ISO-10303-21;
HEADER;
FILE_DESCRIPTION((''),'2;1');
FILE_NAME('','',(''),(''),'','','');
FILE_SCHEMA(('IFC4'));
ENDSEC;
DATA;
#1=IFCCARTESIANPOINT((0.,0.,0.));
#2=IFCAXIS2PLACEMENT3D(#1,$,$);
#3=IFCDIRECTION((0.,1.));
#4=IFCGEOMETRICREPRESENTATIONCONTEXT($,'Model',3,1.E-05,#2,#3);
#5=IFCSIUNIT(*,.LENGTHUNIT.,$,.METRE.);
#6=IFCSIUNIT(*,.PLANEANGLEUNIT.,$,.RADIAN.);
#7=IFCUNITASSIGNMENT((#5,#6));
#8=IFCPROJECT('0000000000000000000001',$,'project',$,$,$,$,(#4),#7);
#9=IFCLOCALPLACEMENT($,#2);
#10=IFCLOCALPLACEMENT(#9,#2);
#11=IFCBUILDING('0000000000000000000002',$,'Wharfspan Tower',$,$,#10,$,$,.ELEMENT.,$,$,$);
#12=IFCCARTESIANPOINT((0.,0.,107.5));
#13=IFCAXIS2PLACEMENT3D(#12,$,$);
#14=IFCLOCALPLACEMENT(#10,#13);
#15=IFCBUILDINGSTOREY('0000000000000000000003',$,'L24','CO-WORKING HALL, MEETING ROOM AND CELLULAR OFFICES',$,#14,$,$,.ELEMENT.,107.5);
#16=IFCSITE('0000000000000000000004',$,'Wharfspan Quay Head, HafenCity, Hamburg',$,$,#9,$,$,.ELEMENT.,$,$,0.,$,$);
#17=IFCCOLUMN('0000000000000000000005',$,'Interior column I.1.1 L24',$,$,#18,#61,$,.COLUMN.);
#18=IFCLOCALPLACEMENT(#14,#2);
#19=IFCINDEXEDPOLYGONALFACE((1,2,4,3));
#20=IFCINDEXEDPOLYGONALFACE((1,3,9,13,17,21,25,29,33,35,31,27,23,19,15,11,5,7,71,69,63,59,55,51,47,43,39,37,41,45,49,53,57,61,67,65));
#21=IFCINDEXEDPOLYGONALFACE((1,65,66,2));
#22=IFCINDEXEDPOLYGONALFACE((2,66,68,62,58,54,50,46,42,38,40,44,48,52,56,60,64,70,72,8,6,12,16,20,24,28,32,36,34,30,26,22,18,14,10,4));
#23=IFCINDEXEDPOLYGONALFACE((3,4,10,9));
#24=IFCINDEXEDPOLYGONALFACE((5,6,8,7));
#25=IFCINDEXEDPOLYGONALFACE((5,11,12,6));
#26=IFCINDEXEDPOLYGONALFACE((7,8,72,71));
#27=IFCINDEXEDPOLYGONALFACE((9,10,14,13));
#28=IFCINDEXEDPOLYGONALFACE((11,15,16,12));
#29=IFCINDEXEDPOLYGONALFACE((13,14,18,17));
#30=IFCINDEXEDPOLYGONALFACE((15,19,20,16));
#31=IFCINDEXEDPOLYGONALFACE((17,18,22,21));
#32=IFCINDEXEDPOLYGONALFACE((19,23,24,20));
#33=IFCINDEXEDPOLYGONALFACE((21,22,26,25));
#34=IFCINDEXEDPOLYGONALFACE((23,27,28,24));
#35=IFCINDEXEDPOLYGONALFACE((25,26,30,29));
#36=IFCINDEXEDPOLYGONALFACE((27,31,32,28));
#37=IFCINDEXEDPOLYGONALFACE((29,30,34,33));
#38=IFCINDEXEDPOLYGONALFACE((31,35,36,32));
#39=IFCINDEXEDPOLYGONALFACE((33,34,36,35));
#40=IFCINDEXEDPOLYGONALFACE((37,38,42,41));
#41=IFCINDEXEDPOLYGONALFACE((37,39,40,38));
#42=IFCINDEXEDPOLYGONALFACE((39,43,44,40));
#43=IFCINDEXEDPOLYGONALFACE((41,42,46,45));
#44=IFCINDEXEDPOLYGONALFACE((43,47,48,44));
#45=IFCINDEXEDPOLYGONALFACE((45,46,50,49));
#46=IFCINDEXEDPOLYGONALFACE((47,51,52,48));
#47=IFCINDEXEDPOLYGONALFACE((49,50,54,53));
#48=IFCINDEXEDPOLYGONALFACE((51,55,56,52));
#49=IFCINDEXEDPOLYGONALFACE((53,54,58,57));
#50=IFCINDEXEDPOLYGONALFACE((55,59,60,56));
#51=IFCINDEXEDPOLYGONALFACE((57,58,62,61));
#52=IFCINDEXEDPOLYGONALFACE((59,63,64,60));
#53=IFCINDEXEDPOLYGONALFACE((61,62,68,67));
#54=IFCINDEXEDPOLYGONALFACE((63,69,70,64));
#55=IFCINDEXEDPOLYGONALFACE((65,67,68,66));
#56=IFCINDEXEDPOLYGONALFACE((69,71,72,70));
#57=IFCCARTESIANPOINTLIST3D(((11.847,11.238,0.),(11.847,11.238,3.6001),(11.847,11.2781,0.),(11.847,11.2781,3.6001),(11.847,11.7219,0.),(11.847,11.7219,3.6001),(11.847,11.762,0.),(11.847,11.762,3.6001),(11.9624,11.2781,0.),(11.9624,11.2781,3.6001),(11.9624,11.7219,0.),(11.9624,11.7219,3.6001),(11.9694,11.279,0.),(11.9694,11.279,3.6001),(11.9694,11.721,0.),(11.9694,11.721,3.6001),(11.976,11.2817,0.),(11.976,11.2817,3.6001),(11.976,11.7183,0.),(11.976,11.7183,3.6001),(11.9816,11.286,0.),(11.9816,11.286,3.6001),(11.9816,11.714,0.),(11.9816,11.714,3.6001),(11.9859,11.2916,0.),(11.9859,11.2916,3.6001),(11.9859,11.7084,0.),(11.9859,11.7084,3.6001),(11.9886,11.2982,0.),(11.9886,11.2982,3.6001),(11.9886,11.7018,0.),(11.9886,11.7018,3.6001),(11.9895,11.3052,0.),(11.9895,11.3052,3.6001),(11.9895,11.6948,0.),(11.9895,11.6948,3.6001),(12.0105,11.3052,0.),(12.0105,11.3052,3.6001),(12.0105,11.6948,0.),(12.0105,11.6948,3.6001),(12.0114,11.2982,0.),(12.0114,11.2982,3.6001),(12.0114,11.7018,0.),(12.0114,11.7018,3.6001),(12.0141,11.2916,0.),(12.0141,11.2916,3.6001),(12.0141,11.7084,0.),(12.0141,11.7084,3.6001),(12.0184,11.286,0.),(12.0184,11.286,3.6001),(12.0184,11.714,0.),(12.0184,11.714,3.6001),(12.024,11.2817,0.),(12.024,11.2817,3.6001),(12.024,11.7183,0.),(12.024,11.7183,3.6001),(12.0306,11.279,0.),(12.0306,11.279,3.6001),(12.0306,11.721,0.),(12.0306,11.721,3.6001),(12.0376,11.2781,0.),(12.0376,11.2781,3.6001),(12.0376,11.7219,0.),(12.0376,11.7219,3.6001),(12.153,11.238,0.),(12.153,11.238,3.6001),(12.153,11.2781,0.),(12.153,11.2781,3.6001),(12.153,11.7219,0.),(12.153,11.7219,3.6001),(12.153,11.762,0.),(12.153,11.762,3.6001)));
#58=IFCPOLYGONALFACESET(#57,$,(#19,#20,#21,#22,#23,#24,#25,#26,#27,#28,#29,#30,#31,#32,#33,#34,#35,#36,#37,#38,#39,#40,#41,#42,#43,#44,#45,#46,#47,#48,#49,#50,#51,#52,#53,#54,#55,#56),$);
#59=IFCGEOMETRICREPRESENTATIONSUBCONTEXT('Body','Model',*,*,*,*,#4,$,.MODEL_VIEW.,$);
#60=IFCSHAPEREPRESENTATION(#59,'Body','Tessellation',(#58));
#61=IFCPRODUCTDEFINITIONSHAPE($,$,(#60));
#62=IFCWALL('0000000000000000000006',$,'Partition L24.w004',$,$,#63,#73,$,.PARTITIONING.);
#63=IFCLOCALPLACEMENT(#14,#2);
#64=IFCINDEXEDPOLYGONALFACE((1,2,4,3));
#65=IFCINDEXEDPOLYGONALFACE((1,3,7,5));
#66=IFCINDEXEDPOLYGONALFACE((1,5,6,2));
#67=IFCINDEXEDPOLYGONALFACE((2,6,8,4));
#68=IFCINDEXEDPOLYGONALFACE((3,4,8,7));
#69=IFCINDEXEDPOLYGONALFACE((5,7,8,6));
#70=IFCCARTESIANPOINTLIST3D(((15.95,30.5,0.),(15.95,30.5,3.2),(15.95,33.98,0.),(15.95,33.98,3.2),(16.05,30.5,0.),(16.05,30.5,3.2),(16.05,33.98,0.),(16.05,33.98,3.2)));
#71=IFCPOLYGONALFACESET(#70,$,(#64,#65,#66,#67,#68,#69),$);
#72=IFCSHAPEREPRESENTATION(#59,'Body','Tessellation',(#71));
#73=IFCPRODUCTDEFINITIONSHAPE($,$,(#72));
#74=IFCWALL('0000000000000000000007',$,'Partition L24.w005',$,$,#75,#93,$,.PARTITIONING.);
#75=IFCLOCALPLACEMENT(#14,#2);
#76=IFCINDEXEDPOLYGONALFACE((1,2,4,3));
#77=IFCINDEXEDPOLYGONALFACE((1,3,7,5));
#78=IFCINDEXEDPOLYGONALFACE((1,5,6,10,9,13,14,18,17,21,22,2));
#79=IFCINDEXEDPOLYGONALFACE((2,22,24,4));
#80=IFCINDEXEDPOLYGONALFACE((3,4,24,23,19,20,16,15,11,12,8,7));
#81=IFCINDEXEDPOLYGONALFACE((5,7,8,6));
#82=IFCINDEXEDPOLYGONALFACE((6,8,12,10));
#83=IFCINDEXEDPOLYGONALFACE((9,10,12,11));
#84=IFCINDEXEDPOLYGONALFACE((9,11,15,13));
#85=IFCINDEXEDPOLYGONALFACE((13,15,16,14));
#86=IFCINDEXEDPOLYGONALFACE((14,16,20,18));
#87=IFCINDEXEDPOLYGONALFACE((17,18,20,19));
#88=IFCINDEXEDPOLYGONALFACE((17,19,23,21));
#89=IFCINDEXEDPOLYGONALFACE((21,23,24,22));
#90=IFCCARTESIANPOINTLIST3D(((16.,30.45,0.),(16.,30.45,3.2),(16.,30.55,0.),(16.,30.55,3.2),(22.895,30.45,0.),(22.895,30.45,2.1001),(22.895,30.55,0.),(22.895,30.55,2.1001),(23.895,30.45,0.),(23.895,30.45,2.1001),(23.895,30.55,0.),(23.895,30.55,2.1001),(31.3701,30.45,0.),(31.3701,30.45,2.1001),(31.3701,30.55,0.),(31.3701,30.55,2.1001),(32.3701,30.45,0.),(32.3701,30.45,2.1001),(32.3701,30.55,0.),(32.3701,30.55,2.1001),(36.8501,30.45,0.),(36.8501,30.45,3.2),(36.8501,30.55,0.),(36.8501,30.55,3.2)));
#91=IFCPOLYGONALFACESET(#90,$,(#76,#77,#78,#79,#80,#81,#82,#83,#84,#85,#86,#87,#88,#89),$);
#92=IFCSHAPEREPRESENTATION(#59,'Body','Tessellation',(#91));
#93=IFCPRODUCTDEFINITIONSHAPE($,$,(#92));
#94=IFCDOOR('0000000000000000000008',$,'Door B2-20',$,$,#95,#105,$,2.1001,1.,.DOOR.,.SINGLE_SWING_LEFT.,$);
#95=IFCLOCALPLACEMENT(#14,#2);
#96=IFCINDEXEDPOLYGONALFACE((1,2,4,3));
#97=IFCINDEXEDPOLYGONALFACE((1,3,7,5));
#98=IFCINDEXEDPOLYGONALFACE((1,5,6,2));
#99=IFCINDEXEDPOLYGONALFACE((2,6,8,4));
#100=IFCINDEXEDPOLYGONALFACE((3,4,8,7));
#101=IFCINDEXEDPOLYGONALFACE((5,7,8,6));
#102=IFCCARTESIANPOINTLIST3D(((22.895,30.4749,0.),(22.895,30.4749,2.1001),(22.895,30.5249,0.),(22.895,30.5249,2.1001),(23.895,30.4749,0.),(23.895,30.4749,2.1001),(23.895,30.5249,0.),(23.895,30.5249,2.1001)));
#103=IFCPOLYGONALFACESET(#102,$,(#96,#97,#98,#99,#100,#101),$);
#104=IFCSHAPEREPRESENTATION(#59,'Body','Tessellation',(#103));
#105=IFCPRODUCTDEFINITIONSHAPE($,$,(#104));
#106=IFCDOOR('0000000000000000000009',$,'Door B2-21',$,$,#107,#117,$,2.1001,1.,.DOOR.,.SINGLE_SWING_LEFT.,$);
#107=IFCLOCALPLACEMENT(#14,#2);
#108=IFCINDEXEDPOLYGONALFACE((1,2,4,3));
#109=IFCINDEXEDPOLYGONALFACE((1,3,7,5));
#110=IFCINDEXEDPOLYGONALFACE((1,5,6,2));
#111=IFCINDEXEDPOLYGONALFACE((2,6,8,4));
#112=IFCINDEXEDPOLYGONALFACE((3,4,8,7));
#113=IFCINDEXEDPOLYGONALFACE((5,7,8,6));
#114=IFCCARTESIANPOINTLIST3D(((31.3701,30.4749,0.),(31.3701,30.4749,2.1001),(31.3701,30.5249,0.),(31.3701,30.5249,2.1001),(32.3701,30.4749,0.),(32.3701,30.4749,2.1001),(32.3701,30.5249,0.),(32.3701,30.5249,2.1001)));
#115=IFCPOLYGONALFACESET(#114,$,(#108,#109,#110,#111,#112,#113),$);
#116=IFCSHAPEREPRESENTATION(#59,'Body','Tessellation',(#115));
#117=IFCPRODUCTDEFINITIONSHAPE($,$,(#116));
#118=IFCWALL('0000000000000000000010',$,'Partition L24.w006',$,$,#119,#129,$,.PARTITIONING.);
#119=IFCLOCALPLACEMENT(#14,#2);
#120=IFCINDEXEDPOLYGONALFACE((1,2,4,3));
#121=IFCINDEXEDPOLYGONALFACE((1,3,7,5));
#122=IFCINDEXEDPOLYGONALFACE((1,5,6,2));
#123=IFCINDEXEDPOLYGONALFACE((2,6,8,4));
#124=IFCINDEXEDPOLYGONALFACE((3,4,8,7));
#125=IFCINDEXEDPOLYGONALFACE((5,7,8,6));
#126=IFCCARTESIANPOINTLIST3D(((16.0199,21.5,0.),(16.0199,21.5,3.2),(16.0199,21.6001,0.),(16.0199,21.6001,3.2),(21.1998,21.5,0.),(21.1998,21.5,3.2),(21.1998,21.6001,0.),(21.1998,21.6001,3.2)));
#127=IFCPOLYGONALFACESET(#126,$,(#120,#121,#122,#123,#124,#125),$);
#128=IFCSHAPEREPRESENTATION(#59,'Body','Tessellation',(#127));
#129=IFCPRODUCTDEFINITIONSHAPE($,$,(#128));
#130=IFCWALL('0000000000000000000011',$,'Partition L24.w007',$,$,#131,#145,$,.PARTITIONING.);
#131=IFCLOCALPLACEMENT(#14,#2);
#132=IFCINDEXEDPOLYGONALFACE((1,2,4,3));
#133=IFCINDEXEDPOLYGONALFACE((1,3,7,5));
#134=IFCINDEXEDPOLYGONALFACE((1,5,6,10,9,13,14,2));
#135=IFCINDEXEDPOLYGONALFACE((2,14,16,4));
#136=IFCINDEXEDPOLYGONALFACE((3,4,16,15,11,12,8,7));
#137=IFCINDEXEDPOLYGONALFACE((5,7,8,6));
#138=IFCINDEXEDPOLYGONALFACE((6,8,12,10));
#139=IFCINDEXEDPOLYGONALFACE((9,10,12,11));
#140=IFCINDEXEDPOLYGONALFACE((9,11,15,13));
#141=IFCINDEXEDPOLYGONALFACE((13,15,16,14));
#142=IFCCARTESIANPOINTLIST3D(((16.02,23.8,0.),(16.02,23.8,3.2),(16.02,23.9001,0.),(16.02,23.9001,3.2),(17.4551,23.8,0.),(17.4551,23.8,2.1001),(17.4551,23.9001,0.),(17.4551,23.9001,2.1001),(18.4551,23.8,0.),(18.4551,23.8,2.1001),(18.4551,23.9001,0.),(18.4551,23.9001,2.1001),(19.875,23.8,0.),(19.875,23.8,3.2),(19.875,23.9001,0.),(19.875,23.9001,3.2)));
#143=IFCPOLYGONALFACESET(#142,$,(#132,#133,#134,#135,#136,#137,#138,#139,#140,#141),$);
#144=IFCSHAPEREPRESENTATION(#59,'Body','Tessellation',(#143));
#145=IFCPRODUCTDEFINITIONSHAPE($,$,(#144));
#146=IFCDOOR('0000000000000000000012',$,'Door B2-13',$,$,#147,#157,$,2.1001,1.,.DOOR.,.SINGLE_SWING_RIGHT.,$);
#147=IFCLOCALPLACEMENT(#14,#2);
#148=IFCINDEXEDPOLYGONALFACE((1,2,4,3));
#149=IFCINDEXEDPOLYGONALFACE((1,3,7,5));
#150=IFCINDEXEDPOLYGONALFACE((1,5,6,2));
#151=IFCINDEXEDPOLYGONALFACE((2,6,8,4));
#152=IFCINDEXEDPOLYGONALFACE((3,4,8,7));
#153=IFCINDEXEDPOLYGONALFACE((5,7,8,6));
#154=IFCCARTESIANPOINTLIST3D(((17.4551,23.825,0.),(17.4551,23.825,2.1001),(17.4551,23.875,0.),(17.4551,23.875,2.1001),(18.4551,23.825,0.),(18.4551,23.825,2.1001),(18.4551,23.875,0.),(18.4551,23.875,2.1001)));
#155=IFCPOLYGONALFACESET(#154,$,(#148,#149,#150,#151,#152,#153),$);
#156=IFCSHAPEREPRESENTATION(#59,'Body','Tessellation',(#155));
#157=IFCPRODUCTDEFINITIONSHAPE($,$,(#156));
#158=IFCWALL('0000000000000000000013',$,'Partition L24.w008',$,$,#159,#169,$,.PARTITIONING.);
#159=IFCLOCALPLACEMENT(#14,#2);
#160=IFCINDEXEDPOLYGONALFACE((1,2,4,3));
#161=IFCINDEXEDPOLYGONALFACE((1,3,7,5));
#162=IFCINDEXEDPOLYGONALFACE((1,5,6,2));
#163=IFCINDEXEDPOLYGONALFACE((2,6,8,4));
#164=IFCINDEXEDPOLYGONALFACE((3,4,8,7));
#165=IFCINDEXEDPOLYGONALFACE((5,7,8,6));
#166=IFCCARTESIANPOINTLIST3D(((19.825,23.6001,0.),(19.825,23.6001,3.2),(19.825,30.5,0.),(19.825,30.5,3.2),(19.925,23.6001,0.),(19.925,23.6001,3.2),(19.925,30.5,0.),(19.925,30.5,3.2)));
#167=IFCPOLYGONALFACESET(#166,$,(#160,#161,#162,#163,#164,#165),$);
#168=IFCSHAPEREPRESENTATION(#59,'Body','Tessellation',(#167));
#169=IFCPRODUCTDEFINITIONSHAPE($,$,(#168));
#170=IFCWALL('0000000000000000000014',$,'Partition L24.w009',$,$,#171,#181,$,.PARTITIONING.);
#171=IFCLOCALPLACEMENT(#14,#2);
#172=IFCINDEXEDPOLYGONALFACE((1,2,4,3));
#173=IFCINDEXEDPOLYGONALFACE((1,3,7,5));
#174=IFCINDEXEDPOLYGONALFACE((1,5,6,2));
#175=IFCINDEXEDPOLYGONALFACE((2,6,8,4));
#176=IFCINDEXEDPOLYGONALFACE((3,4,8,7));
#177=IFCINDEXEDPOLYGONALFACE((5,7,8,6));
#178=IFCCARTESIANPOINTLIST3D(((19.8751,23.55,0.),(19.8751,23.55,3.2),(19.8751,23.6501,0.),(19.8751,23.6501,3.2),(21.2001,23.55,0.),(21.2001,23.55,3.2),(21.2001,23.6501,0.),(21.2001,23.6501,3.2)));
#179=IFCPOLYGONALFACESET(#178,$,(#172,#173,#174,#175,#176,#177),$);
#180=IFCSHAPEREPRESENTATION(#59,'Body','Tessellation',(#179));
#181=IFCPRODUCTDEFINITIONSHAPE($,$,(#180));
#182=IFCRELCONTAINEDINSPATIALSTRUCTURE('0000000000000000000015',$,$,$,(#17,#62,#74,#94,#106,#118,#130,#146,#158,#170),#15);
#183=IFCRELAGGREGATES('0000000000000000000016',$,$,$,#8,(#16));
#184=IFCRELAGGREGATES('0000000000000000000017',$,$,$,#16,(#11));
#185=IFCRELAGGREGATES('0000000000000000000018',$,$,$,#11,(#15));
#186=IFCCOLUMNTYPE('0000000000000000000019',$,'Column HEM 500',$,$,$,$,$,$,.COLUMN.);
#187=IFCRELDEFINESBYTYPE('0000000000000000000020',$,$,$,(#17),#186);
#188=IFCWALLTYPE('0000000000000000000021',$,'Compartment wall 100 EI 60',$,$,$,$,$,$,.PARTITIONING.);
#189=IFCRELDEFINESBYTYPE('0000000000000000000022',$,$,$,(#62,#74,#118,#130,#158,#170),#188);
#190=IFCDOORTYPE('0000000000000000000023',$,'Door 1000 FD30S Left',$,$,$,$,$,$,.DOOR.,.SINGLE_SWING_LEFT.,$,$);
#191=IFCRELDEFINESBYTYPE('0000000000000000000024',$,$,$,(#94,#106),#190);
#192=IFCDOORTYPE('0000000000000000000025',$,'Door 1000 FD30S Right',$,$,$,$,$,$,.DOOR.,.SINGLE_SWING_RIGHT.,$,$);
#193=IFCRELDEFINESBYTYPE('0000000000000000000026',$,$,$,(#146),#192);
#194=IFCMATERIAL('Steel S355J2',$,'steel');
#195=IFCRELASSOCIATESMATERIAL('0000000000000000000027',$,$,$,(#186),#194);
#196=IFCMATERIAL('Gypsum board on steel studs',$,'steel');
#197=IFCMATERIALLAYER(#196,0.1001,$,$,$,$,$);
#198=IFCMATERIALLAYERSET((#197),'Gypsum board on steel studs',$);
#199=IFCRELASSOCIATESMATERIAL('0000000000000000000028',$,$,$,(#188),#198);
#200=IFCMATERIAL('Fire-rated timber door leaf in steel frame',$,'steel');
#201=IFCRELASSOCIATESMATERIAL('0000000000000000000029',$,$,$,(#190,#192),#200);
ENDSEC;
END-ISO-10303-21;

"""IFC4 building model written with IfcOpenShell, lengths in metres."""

from ifc_helpers import new_model, si_unit, direction, frame, frame_2d, origin, origin_2d, place, context, subcontext, project, spatial, rectangle, i_section, extrude, material, layer, layer_set, material_profile, profile_set, type_object, element, fill, save


model = new_model("IFC4")

# Units and contexts
model_context = context("Model", 3, precision=1e-05, world=origin(), true_north=direction((0.0, 1.0)))
body_context = subcontext(model_context, "Body", "Model", "MODEL_VIEW")
ifc_project = project(units=[si_unit("LENGTHUNIT", "METRE"), si_unit("PLANEANGLEUNIT", "RADIAN")], contexts=[model_context])

# Site, building, storey
site_placement = place(None, origin())
site = spatial("IfcSite", under=ifc_project, at=site_placement, Name="Wharfspan Quay Head, HafenCity, Hamburg", CompositionType="ELEMENT", RefElevation=0.0)
building_placement = place(site_placement, origin())
building = spatial("IfcBuilding", under=site, at=building_placement, Name="Wharfspan Tower", CompositionType="ELEMENT")
storey_placement = place(building_placement, frame((0.0, 0.0, 107.5)))
storey = spatial("IfcBuildingStorey", under=building, at=storey_placement, Name="L24", Description="CO-WORKING HALL, MEETING ROOM AND CELLULAR OFFICES", CompositionType="ELEMENT", Elevation=107.5)

# Column
ifc_material_1 = material(Name="Steel S355J2", Category="steel")
ifc_material_profile = material_profile(ifc_material_1, i_section(OverallWidth=0.3059, OverallDepth=0.5239, WebThickness=0.021, FlangeThickness=0.04, FilletRadius=0.0271, at=origin_2d()))
ifc_profile_set = profile_set([ifc_material_profile], Name="Steel S355J2")
column_type = type_object("IfcColumnType", Name="Column HEM 500", PredefinedType="COLUMN", material=ifc_profile_set)
column_placement = place(storey_placement, frame((12.0, 11.5, 0.0), z_axis=(0.0, 0.0, 1.0), x_axis=(1.0, 0.0, 0.0)))
element("IfcColumn", 1, at=column_placement, inside=storey, type_object=column_type, Name="Interior column I.1.1 L24", PredefinedType="COLUMN", context=body_context, shape_type="SweptSolid", body=[
    extrude(i_section(OverallWidth=0.3059, OverallDepth=0.5239, WebThickness=0.021, FlangeThickness=0.04, FilletRadius=0.0271, at=origin_2d()), origin(), (0.0, 0.0, 1.0), 3.6001),
])

# Wall
ifc_material_2 = material(Name="Gypsum board on steel studs", Category="steel")
ifc_layer_1 = layer(ifc_material_2, 0.1001)
ifc_layer_set_1 = layer_set([ifc_layer_1], Name="Gypsum board on steel studs")
wall_type_1 = type_object("IfcWallType", Name="Compartment wall 100 EI 60", PredefinedType="PARTITIONING", material=ifc_layer_set_1)
wall_1_placement = place(storey_placement, frame((16.0, 30.5, 0.0), z_axis=(0.0, 0.0, 1.0), x_axis=(0.0, 1.0, 0.0)))
element("IfcWall", 2, at=wall_1_placement, inside=storey, type_object=wall_type_1, Name="Partition L24.w004", PredefinedType="PARTITIONING", context=body_context, shape_type="SweptSolid", body=[
    extrude(rectangle(XDim=3.48, YDim=0.1001, at=frame_2d((1.74, 0.0))), origin(), (0.0, 0.0, 1.0), 3.2),
])

# Wall, openings, doors
wall_2_placement = place(storey_placement, frame((16.0, 30.5, 0.0), z_axis=(0.0, 0.0, 1.0), x_axis=(1.0, 0.0, 0.0)))
wall_2 = element("IfcWall", 3, at=wall_2_placement, inside=storey, type_object=wall_type_1, Name="Partition L24.w005", PredefinedType="PARTITIONING", context=body_context, shape_type="SweptSolid", body=[
    extrude(rectangle(XDim=20.8501, YDim=0.1001, at=frame_2d((10.425, 0.0))), origin(), (0.0, 0.0, 1.0), 3.2),
])
opening_1_placement = place(wall_2_placement, frame((6.895, 0.0, 0.0)))
opening_1 = element("IfcOpeningElement", 4, at=opening_1_placement, cuts=wall_2, PredefinedType="OPENING", context=body_context, shape_type="SweptSolid", body=[
    extrude(rectangle(XDim=1.0, YDim=2.1001, at=frame_2d((0.5, 1.05))), frame((0.0, 0.0601, 0.0), z_axis=(0.0, -1.0, 0.0), x_axis=(1.0, 0.0, 0.0)), (0.0, 0.0, 1.0), 0.1201),
])
opening_2_placement = place(wall_2_placement, frame((15.3701, 0.0, 0.0)))
opening_2 = element("IfcOpeningElement", 5, at=opening_2_placement, cuts=wall_2, PredefinedType="OPENING", context=body_context, shape_type="SweptSolid", body=[
    extrude(rectangle(XDim=1.0, YDim=2.1001, at=frame_2d((0.5, 1.05))), frame((0.0, 0.0601, 0.0), z_axis=(0.0, -1.0, 0.0), x_axis=(1.0, 0.0, 0.0)), (0.0, 0.0, 1.0), 0.1201),
])
ifc_material_3 = material(Name="Fire-rated timber door leaf in steel frame", Category="steel")
door_type_1 = type_object("IfcDoorType", Name="Door 1000 FD30S Left", OperationType="SINGLE_SWING_LEFT", PredefinedType="DOOR", material=ifc_material_3)
door_1_placement = place(opening_1_placement, origin())
door_1 = element("IfcDoor", 6, at=door_1_placement, inside=storey, type_object=door_type_1, Name="Door B2-20", OperationType="SINGLE_SWING_LEFT", OverallHeight=2.1001, OverallWidth=1.0, PredefinedType="DOOR", context=body_context, shape_type="SweptSolid", body=[
    extrude(rectangle(XDim=1.0, YDim=2.1001, at=frame_2d((0.5, 1.05))), frame((0.0, 0.0249, 0.0), z_axis=(0.0, -1.0, 0.0), x_axis=(1.0, 0.0, 0.0)), (0.0, 0.0, 1.0), 0.05),
])
fill(opening_1, door_1)
door_2_placement = place(opening_2_placement, origin())
door_2 = element("IfcDoor", 7, at=door_2_placement, inside=storey, type_object=door_type_1, Name="Door B2-21", OperationType="SINGLE_SWING_LEFT", OverallHeight=2.1001, OverallWidth=1.0, PredefinedType="DOOR", context=body_context, shape_type="SweptSolid", body=[
    extrude(rectangle(XDim=1.0, YDim=2.1001, at=frame_2d((0.5, 1.05))), frame((0.0, 0.0249, 0.0), z_axis=(0.0, -1.0, 0.0), x_axis=(1.0, 0.0, 0.0)), (0.0, 0.0, 1.0), 0.05),
])
fill(opening_2, door_2)

# Wall
wall_3_placement = place(storey_placement, frame((16.02, 21.55, 0.0), z_axis=(0.0, 0.0, 1.0), x_axis=(1.0, 0.0, 0.0)))
element("IfcWall", 8, at=wall_3_placement, inside=storey, type_object=wall_type_1, Name="Partition L24.w006", PredefinedType="PARTITIONING", context=body_context, shape_type="SweptSolid", body=[
    extrude(rectangle(XDim=5.1799, YDim=0.1001, at=frame_2d((2.5898, 0.0))), origin(), (0.0, 0.0, 1.0), 3.2),
])

# Wall, opening, door
wall_4_placement = place(storey_placement, frame((16.02, 23.8501, 0.0), z_axis=(0.0, 0.0, 1.0), x_axis=(1.0, 0.0, 0.0)))
wall_4 = element("IfcWall", 9, at=wall_4_placement, inside=storey, type_object=wall_type_1, Name="Partition L24.w007", PredefinedType="PARTITIONING", context=body_context, shape_type="SweptSolid", body=[
    extrude(rectangle(XDim=3.855, YDim=0.1001, at=frame_2d((1.9275, 0.0))), origin(), (0.0, 0.0, 1.0), 3.2),
])
opening_3_placement = place(wall_4_placement, frame((1.4351, 0.0, 0.0)))
opening_3 = element("IfcOpeningElement", 10, at=opening_3_placement, cuts=wall_4, PredefinedType="OPENING", context=body_context, shape_type="SweptSolid", body=[
    extrude(rectangle(XDim=1.0, YDim=2.1001, at=frame_2d((0.5, 1.05))), frame((0.0, 0.0601, 0.0), z_axis=(0.0, -1.0, 0.0), x_axis=(1.0, 0.0, 0.0)), (0.0, 0.0, 1.0), 0.1201),
])
door_type_2 = type_object("IfcDoorType", Name="Door 1000 FD30S Right", OperationType="SINGLE_SWING_RIGHT", PredefinedType="DOOR", material=ifc_material_3)
door_3_placement = place(opening_3_placement, origin())
door_3 = element("IfcDoor", 11, at=door_3_placement, inside=storey, type_object=door_type_2, Name="Door B2-13", OperationType="SINGLE_SWING_RIGHT", OverallHeight=2.1001, OverallWidth=1.0, PredefinedType="DOOR", context=body_context, shape_type="SweptSolid", body=[
    extrude(rectangle(XDim=1.0, YDim=2.1001, at=frame_2d((0.5, 1.05))), frame((0.0, 0.0249, 0.0), z_axis=(0.0, -1.0, 0.0), x_axis=(1.0, 0.0, 0.0)), (0.0, 0.0, 1.0), 0.05),
])
fill(opening_3, door_3)

# Walls
wall_5_placement = place(storey_placement, frame((19.875, 23.6001, 0.0), z_axis=(0.0, 0.0, 1.0), x_axis=(0.0, 1.0, 0.0)))
element("IfcWall", 12, at=wall_5_placement, inside=storey, type_object=wall_type_1, Name="Partition L24.w008", PredefinedType="PARTITIONING", context=body_context, shape_type="SweptSolid", body=[
    extrude(rectangle(XDim=6.8999, YDim=0.1001, at=frame_2d((3.45, 0.0))), origin(), (0.0, 0.0, 1.0), 3.2),
])
wall_6_placement = place(storey_placement, frame((19.875, 23.6001, 0.0), z_axis=(0.0, 0.0, 1.0), x_axis=(1.0, 0.0, 0.0)))
element("IfcWall", 13, at=wall_6_placement, inside=storey, type_object=wall_type_1, Name="Partition L24.w009", PredefinedType="PARTITIONING", context=body_context, shape_type="SweptSolid", body=[
    extrude(rectangle(XDim=1.325, YDim=0.1001, at=frame_2d((0.6626, 0.0))), origin(), (0.0, 0.0, 1.0), 3.2),
])

save(model, "model.ifc")
